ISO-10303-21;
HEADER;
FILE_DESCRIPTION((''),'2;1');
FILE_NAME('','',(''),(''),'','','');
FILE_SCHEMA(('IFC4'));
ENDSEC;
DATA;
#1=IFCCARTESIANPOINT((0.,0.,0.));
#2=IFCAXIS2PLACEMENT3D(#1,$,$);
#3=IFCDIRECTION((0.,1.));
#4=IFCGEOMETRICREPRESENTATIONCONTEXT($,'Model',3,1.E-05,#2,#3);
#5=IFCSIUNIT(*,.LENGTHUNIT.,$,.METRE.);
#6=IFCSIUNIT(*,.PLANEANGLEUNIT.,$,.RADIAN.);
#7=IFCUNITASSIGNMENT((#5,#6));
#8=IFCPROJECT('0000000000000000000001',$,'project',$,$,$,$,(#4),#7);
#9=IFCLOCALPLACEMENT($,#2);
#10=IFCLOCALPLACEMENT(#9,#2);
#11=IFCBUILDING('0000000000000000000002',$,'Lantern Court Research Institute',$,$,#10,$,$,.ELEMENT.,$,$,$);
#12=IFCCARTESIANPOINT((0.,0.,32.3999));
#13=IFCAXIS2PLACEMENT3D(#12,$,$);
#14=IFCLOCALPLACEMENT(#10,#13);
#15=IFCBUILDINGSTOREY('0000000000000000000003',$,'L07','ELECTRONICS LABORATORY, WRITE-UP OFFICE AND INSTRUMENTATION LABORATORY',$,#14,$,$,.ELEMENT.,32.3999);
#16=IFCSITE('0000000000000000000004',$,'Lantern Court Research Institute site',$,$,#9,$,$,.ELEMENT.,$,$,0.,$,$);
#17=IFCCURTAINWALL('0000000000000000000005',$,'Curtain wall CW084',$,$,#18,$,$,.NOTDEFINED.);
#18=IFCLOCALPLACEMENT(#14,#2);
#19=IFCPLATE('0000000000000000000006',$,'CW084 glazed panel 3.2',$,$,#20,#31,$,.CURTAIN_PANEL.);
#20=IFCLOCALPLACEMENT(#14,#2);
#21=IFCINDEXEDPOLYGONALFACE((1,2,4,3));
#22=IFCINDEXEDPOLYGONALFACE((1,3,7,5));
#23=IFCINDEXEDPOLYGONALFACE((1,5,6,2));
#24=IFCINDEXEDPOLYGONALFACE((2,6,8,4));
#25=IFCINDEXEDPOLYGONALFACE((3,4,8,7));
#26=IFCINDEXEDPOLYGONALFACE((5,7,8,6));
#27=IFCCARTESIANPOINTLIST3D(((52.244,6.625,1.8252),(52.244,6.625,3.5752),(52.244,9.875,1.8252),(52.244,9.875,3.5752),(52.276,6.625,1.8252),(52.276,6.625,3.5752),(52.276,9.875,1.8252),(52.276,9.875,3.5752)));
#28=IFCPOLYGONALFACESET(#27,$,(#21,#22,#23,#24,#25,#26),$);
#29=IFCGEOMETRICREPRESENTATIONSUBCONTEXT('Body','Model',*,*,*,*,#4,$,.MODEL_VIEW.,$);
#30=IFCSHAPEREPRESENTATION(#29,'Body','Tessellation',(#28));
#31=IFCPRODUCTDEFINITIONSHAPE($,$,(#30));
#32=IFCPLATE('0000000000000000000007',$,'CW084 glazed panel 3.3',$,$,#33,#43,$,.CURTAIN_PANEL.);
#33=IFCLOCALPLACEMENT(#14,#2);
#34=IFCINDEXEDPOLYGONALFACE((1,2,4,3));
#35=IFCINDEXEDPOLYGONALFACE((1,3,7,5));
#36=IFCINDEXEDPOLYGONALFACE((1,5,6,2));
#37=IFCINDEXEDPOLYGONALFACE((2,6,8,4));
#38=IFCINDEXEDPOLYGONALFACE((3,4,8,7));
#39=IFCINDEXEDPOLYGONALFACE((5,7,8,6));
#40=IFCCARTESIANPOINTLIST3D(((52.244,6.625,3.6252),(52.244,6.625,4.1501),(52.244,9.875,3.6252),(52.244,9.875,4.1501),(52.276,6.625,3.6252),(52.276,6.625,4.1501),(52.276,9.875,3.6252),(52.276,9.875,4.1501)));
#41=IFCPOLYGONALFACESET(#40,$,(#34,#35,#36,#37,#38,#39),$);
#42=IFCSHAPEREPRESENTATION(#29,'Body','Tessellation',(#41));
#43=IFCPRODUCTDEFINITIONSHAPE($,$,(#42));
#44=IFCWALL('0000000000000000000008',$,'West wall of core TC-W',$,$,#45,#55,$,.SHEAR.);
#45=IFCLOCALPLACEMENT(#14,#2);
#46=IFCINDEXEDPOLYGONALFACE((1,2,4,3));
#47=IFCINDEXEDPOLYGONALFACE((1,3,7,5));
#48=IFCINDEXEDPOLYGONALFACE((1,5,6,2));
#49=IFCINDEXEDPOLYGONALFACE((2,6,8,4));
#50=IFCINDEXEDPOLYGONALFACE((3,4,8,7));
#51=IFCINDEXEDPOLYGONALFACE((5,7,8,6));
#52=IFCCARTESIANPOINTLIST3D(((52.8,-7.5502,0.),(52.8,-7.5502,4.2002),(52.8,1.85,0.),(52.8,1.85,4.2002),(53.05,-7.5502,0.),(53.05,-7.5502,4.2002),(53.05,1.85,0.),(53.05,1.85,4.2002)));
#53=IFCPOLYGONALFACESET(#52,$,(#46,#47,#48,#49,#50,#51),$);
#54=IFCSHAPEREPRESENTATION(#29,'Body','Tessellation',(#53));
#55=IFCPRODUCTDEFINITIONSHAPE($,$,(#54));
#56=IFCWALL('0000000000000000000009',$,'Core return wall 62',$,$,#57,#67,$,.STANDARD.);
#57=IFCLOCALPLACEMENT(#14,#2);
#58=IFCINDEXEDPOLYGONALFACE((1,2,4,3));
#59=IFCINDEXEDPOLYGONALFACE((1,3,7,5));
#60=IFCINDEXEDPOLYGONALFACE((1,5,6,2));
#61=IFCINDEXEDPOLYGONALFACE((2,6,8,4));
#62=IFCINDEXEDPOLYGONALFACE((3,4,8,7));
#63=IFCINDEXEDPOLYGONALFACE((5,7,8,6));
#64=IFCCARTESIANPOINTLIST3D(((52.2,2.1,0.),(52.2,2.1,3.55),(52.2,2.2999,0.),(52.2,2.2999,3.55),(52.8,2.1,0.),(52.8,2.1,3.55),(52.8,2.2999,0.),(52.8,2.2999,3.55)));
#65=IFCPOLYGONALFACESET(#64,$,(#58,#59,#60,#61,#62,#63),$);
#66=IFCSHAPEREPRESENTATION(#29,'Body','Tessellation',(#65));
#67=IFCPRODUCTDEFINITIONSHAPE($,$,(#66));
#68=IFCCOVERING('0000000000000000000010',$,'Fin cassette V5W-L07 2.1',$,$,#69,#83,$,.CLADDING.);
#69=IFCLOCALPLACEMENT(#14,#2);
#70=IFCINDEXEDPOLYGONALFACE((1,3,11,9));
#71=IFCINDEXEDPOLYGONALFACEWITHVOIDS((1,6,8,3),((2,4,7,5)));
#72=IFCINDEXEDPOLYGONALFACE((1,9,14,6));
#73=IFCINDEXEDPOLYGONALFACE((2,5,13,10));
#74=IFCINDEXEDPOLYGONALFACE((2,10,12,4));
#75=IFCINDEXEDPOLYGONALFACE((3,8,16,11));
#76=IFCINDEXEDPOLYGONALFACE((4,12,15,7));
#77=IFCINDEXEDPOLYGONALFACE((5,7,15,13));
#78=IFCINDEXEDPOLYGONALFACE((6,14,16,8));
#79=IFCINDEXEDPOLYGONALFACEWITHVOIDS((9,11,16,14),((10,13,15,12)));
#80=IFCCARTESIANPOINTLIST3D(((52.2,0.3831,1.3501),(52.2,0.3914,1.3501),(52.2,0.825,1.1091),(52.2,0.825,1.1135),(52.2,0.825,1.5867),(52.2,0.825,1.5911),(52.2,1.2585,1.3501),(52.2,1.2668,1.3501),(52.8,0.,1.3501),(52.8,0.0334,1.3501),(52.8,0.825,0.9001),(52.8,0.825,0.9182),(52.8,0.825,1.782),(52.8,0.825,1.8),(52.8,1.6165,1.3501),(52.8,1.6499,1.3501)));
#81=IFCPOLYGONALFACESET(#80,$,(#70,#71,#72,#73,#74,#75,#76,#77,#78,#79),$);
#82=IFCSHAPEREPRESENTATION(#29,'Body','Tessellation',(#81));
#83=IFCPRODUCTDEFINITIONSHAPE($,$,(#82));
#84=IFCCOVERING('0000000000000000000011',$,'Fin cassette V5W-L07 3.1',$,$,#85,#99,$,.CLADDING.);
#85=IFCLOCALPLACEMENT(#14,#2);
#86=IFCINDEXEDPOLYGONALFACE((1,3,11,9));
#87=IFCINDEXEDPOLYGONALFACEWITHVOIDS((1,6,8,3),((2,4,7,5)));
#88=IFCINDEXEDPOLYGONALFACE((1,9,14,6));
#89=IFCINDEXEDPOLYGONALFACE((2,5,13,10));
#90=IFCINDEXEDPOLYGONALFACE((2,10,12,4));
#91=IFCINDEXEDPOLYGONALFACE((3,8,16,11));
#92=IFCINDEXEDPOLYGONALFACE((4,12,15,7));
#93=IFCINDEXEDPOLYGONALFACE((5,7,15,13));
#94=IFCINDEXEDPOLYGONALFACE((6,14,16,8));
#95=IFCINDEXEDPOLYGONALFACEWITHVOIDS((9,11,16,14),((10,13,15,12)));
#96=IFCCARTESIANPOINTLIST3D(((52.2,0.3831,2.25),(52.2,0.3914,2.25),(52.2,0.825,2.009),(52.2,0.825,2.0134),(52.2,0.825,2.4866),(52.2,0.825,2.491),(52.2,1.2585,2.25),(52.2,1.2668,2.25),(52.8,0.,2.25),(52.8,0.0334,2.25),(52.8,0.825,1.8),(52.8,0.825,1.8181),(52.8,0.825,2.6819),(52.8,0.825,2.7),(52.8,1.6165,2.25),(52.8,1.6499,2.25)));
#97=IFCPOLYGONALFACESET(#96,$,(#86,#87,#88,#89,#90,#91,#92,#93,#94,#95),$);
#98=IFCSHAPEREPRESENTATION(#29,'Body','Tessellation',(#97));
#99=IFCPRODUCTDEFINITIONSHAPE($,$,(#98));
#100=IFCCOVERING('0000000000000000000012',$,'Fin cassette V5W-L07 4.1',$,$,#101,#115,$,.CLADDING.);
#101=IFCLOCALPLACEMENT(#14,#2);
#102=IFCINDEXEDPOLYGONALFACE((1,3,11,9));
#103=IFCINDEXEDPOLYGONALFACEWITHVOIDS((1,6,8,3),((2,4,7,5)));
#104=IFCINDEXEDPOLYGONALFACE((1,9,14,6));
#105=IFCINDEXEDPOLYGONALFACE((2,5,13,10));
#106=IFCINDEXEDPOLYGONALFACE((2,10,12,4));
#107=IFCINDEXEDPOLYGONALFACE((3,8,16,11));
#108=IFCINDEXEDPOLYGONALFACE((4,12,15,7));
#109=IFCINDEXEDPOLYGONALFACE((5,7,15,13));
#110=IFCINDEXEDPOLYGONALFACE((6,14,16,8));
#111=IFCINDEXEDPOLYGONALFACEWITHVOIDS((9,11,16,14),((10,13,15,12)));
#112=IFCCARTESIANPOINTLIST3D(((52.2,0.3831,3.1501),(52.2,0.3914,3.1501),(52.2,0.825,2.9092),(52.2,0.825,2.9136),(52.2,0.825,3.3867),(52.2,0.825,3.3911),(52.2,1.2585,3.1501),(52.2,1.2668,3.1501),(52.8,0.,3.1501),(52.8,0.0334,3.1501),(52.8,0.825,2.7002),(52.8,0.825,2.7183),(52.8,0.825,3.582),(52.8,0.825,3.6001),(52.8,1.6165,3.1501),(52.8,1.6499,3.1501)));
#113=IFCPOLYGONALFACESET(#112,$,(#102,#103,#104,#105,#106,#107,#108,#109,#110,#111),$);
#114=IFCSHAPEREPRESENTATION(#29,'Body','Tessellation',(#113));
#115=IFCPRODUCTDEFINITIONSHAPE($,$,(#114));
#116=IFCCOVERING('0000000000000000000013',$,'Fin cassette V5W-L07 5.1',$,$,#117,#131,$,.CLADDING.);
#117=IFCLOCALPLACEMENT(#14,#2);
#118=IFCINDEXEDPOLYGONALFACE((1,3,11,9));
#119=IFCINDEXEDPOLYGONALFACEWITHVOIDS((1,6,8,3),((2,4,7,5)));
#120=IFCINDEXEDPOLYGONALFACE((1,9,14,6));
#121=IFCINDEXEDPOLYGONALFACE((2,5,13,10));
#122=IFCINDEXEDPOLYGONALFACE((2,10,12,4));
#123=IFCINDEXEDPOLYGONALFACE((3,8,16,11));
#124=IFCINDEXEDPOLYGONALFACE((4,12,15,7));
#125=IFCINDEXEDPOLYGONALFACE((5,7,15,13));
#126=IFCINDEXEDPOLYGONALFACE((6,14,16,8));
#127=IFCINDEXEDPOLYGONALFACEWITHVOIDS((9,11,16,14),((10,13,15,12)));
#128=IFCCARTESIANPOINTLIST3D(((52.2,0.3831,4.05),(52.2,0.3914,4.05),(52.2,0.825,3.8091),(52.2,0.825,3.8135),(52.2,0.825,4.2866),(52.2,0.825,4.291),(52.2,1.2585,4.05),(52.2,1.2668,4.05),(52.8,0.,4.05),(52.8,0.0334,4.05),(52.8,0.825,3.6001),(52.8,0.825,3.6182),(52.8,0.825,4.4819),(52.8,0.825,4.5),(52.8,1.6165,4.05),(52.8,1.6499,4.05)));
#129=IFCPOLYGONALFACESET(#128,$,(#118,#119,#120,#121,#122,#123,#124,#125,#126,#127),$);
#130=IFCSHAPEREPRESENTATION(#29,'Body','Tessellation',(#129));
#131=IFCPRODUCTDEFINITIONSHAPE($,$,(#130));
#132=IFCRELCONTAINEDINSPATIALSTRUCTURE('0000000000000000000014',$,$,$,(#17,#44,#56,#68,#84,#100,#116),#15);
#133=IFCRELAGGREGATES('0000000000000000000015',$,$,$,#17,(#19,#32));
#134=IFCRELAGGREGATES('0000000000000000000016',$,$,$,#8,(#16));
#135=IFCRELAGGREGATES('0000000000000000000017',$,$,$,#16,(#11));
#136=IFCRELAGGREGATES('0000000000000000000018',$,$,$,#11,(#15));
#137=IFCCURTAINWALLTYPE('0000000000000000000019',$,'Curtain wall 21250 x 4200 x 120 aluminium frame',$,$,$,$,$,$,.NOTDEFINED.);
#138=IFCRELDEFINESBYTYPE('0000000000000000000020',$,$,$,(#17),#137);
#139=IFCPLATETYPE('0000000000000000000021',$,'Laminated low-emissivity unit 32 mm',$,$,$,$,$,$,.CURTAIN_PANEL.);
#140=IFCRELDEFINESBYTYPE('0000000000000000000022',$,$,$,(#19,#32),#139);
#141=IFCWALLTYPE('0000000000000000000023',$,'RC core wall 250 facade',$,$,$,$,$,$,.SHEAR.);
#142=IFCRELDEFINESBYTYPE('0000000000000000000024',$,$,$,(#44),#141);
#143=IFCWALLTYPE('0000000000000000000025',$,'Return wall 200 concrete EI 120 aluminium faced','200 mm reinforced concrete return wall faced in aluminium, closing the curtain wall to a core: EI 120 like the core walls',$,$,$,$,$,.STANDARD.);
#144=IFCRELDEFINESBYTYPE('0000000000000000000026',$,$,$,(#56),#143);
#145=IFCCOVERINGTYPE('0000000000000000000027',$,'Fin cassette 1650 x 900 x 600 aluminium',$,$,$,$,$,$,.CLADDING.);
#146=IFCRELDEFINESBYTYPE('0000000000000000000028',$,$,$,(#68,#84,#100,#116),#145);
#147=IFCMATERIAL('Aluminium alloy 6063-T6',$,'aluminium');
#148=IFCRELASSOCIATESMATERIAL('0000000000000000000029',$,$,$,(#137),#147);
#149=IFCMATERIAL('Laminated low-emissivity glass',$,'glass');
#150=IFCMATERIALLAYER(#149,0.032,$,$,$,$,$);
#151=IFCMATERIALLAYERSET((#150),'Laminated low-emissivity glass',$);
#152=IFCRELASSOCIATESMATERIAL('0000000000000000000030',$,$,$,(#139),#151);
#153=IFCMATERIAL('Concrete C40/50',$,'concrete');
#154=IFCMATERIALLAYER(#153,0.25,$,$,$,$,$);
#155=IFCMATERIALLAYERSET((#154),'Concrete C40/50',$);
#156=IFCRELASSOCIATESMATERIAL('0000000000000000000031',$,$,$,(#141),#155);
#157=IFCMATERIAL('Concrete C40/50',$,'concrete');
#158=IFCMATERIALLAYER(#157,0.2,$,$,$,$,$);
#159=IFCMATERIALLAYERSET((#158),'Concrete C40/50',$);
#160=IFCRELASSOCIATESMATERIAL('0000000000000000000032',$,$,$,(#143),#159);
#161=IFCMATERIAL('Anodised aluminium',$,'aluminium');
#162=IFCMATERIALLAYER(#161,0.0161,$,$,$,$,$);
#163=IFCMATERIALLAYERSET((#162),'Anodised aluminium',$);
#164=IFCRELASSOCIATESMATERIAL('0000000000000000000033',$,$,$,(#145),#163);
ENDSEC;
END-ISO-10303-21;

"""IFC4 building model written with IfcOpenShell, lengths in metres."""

from ifc_helpers import new_model, entity, si_unit, direction, frame, frame_2d, origin, origin_2d, place, context, subcontext, project, spatial, rectangle, extrude, material, layer, layer_set, type_object, element, aggregate, save


model = new_model("IFC4")

# Units and contexts
model_context = context("Model", 3, precision=1e-05, world=origin(), true_north=direction((0.0, 1.0)))
body_context = subcontext(model_context, "Body", "Model", "MODEL_VIEW")
ifc_project = project(units=[si_unit("LENGTHUNIT", "METRE"), si_unit("PLANEANGLEUNIT", "RADIAN")], contexts=[model_context])

# Site, building, storey
site_placement = place(None, origin())
site = spatial("IfcSite", under=ifc_project, at=site_placement, Name="Lantern Court Research Institute site", CompositionType="ELEMENT", RefElevation=0.0)
building_placement = place(site_placement, origin())
building = spatial("IfcBuilding", under=site, at=building_placement, Name="Lantern Court Research Institute", CompositionType="ELEMENT")
storey_placement = place(building_placement, frame((0.0, 0.0, 32.3999)))
storey = spatial("IfcBuildingStorey", under=building, at=storey_placement, Name="L07", Description="ELECTRONICS LABORATORY, WRITE-UP OFFICE AND INSTRUMENTATION LABORATORY", CompositionType="ELEMENT", Elevation=32.3999)

# Curtain wall, plates
ifc_material_1 = material(Name="Aluminium alloy 6063-T6", Category="aluminium")
curtain_wall_type = type_object("IfcCurtainWallType", Name="Curtain wall 21250 x 4200 x 120 aluminium frame", PredefinedType="NOTDEFINED", material=ifc_material_1)
curtain_wall_placement = place(storey_placement, origin())
curtain_wall = element("IfcCurtainWall", 1, at=curtain_wall_placement, inside=storey, type_object=curtain_wall_type, Name="Curtain wall CW084", PredefinedType="NOTDEFINED")
ifc_material_2 = material(Name="Laminated low-emissivity glass", Category="glass")
ifc_layer_1 = layer(ifc_material_2, 0.032)
ifc_layer_set_1 = layer_set([ifc_layer_1], Name="Laminated low-emissivity glass")
plate_type_1 = type_object("IfcPlateType", Name="Laminated low-emissivity unit 32 mm", PredefinedType="CURTAIN_PANEL", material=ifc_layer_set_1)
plate_1_placement = place(storey_placement, frame((52.26, 8.25, 1.8252), z_axis=(0.0, 0.0, 1.0), x_axis=(0.0, 1.0, 0.0)))
plate_1 = element("IfcPlate", 2, at=plate_1_placement, type_object=plate_type_1, Name="CW084 glazed panel 3.2", PredefinedType="CURTAIN_PANEL", context=body_context, shape_type="SweptSolid", body=[
    extrude(rectangle(XDim=3.25, YDim=0.032, at=origin_2d()), origin(), (0.0, 0.0, 1.0), 1.75),
])
plate_2_placement = place(storey_placement, frame((52.26, 8.25, 3.6252), z_axis=(0.0, 0.0, 1.0), x_axis=(0.0, 1.0, 0.0)))
plate_2 = element("IfcPlate", 3, at=plate_2_placement, type_object=plate_type_1, Name="CW084 glazed panel 3.3", PredefinedType="CURTAIN_PANEL", context=body_context, shape_type="SweptSolid", body=[
    extrude(rectangle(XDim=3.25, YDim=0.032, at=origin_2d()), origin(), (0.0, 0.0, 1.0), 0.5249),
])
aggregate(curtain_wall, [plate_1, plate_2])

# Walls
ifc_material_3 = material(Name="Concrete C40/50", Category="concrete")
ifc_layer_2 = layer(ifc_material_3, 0.25)
ifc_layer_set_2 = layer_set([ifc_layer_2], Name="Concrete C40/50")
wall_type_1 = type_object("IfcWallType", Name="RC core wall 250 facade", PredefinedType="SHEAR", material=ifc_layer_set_2)
wall_1_placement = place(storey_placement, frame((52.925, 1.8501, 0.0), z_axis=(0.0, 0.0, 1.0), x_axis=(0.0, -1.0, 0.0)))
element("IfcWall", 4, at=wall_1_placement, inside=storey, type_object=wall_type_1, Name="West wall of core TC-W", PredefinedType="SHEAR", context=body_context, shape_type="SweptSolid", body=[
    extrude(rectangle(XDim=9.4001, YDim=0.25, at=frame_2d((4.7002, 0.0))), origin(), (0.0, 0.0, 1.0), 4.2002),
])
ifc_material_4 = material(Name="Concrete C40/50", Category="concrete")
ifc_layer_3 = layer(ifc_material_4, 0.2)
ifc_layer_set_3 = layer_set([ifc_layer_3], Name="Concrete C40/50")
wall_type_2 = type_object("IfcWallType", Name="Return wall 200 concrete EI 120 aluminium faced", Description="200 mm reinforced concrete return wall faced in aluminium, closing the curtain wall to a core: EI 120 like the core walls", PredefinedType="STANDARD", material=ifc_layer_set_3)
wall_2_placement = place(storey_placement, frame((52.8, 2.2, 0.0), z_axis=(0.0, 0.0, 1.0), x_axis=(-1.0, 0.0, 0.0)))
element("IfcWall", 5, at=wall_2_placement, inside=storey, type_object=wall_type_2, Name="Core return wall 62", PredefinedType="STANDARD", context=body_context, shape_type="SweptSolid", body=[
    extrude(rectangle(XDim=0.6001, YDim=0.2, at=frame_2d((0.3, 0.0))), origin(), (0.0, 0.0, 1.0), 3.55),
])

# Coverings
ifc_material_5 = material(Name="Anodised aluminium", Category="aluminium")
ifc_layer_4 = layer(ifc_material_5, 0.0161)
ifc_layer_set_4 = layer_set([ifc_layer_4], Name="Anodised aluminium")
covering_type = type_object("IfcCoveringType", Name="Fin cassette 1650 x 900 x 600 aluminium", PredefinedType="CLADDING", material=ifc_layer_set_4)
covering_1_placement = place(storey_placement, frame((52.8, 0.825, 1.3501), z_axis=(-1.0, 0.0, 0.0), x_axis=(0.0, -1.0, 0.0)))
cartesian_point_1 = entity("IfcCartesianPoint", [0.825, 0.0])
cartesian_point_2 = entity("IfcCartesianPoint", [0.7915, 0.0])
cartesian_point_3 = entity("IfcCartesianPoint", [0.4419, 0.0])
cartesian_point_4 = entity("IfcCartesianPoint", [0.4336, 0.0])
element("IfcCovering", 6, at=covering_1_placement, inside=storey, type_object=covering_type, Name="Fin cassette V5W-L07 2.1", PredefinedType="CLADDING", context=body_context, shape_type="SweptSolid", body=[
    entity("IfcExtrudedAreaSolidTapered", entity("IfcArbitraryProfileDefWithVoids", "AREA", None, entity("IfcPolyline", [cartesian_point_1, entity("IfcCartesianPoint", [0.0, 0.45]), entity("IfcCartesianPoint", [-0.825, 0.0]), entity("IfcCartesianPoint", [0.0, -0.45]), cartesian_point_1]), [entity("IfcPolyline", [cartesian_point_2, entity("IfcCartesianPoint", [0.0, 0.4319]), entity("IfcCartesianPoint", [-0.7915, 0.0]), entity("IfcCartesianPoint", [0.0, -0.4319]), cartesian_point_2])]), entity("IfcAxis2Placement3D", entity("IfcCartesianPoint", [0.0, 0.0, 0.0])), entity("IfcDirection", [0.0, 0.0, 1.0]), 0.6001, entity("IfcArbitraryProfileDefWithVoids", "AREA", None, entity("IfcPolyline", [cartesian_point_3, entity("IfcCartesianPoint", [0.0, 0.241]), entity("IfcCartesianPoint", [-0.4419, 0.0]), entity("IfcCartesianPoint", [0.0, -0.241]), cartesian_point_3]), [entity("IfcPolyline", [cartesian_point_4, entity("IfcCartesianPoint", [0.0, 0.2366]), entity("IfcCartesianPoint", [-0.4336, 0.0]), entity("IfcCartesianPoint", [0.0, -0.2366]), cartesian_point_4])])),
])
covering_2_placement = place(storey_placement, frame((52.8, 0.825, 2.25), z_axis=(-1.0, 0.0, 0.0), x_axis=(0.0, -1.0, 0.0)))
cartesian_point_5 = entity("IfcCartesianPoint", [0.825, 0.0])
cartesian_point_6 = entity("IfcCartesianPoint", [0.7915, 0.0])
cartesian_point_7 = entity("IfcCartesianPoint", [0.4419, 0.0])
cartesian_point_8 = entity("IfcCartesianPoint", [0.4336, 0.0])
element("IfcCovering", 7, at=covering_2_placement, inside=storey, type_object=covering_type, Name="Fin cassette V5W-L07 3.1", PredefinedType="CLADDING", context=body_context, shape_type="SweptSolid", body=[
    entity("IfcExtrudedAreaSolidTapered", entity("IfcArbitraryProfileDefWithVoids", "AREA", None, entity("IfcPolyline", [cartesian_point_5, entity("IfcCartesianPoint", [0.0, 0.45]), entity("IfcCartesianPoint", [-0.825, 0.0]), entity("IfcCartesianPoint", [0.0, -0.45]), cartesian_point_5]), [entity("IfcPolyline", [cartesian_point_6, entity("IfcCartesianPoint", [0.0, 0.4319]), entity("IfcCartesianPoint", [-0.7915, 0.0]), entity("IfcCartesianPoint", [0.0, -0.4319]), cartesian_point_6])]), entity("IfcAxis2Placement3D", entity("IfcCartesianPoint", [0.0, 0.0, 0.0])), entity("IfcDirection", [0.0, 0.0, 1.0]), 0.6001, entity("IfcArbitraryProfileDefWithVoids", "AREA", None, entity("IfcPolyline", [cartesian_point_7, entity("IfcCartesianPoint", [0.0, 0.241]), entity("IfcCartesianPoint", [-0.4419, 0.0]), entity("IfcCartesianPoint", [0.0, -0.241]), cartesian_point_7]), [entity("IfcPolyline", [cartesian_point_8, entity("IfcCartesianPoint", [0.0, 0.2366]), entity("IfcCartesianPoint", [-0.4336, 0.0]), entity("IfcCartesianPoint", [0.0, -0.2366]), cartesian_point_8])])),
])
covering_3_placement = place(storey_placement, frame((52.8, 0.825, 3.1501), z_axis=(-1.0, 0.0, 0.0), x_axis=(0.0, -1.0, 0.0)))
cartesian_point_9 = entity("IfcCartesianPoint", [0.825, 0.0])
cartesian_point_10 = entity("IfcCartesianPoint", [0.7915, 0.0])
cartesian_point_11 = entity("IfcCartesianPoint", [0.4419, 0.0])
cartesian_point_12 = entity("IfcCartesianPoint", [0.4336, 0.0])
element("IfcCovering", 8, at=covering_3_placement, inside=storey, type_object=covering_type, Name="Fin cassette V5W-L07 4.1", PredefinedType="CLADDING", context=body_context, shape_type="SweptSolid", body=[
    entity("IfcExtrudedAreaSolidTapered", entity("IfcArbitraryProfileDefWithVoids", "AREA", None, entity("IfcPolyline", [cartesian_point_9, entity("IfcCartesianPoint", [0.0, 0.45]), entity("IfcCartesianPoint", [-0.825, 0.0]), entity("IfcCartesianPoint", [0.0, -0.45]), cartesian_point_9]), [entity("IfcPolyline", [cartesian_point_10, entity("IfcCartesianPoint", [0.0, 0.4319]), entity("IfcCartesianPoint", [-0.7915, 0.0]), entity("IfcCartesianPoint", [0.0, -0.4319]), cartesian_point_10])]), entity("IfcAxis2Placement3D", entity("IfcCartesianPoint", [0.0, 0.0, 0.0])), entity("IfcDirection", [0.0, 0.0, 1.0]), 0.6001, entity("IfcArbitraryProfileDefWithVoids", "AREA", None, entity("IfcPolyline", [cartesian_point_11, entity("IfcCartesianPoint", [0.0, 0.241]), entity("IfcCartesianPoint", [-0.4419, 0.0]), entity("IfcCartesianPoint", [0.0, -0.241]), cartesian_point_11]), [entity("IfcPolyline", [cartesian_point_12, entity("IfcCartesianPoint", [0.0, 0.2366]), entity("IfcCartesianPoint", [-0.4336, 0.0]), entity("IfcCartesianPoint", [0.0, -0.2366]), cartesian_point_12])])),
])
covering_4_placement = place(storey_placement, frame((52.8, 0.825, 4.05), z_axis=(-1.0, 0.0, 0.0), x_axis=(0.0, -1.0, 0.0)))
cartesian_point_13 = entity("IfcCartesianPoint", [0.825, 0.0])
cartesian_point_14 = entity("IfcCartesianPoint", [0.7915, 0.0])
cartesian_point_15 = entity("IfcCartesianPoint", [0.4419, 0.0])
cartesian_point_16 = entity("IfcCartesianPoint", [0.4336, 0.0])
element("IfcCovering", 9, at=covering_4_placement, inside=storey, type_object=covering_type, Name="Fin cassette V5W-L07 5.1", PredefinedType="CLADDING", context=body_context, shape_type="SweptSolid", body=[
    entity("IfcExtrudedAreaSolidTapered", entity("IfcArbitraryProfileDefWithVoids", "AREA", None, entity("IfcPolyline", [cartesian_point_13, entity("IfcCartesianPoint", [0.0, 0.45]), entity("IfcCartesianPoint", [-0.825, 0.0]), entity("IfcCartesianPoint", [0.0, -0.45]), cartesian_point_13]), [entity("IfcPolyline", [cartesian_point_14, entity("IfcCartesianPoint", [0.0, 0.4319]), entity("IfcCartesianPoint", [-0.7915, 0.0]), entity("IfcCartesianPoint", [0.0, -0.4319]), cartesian_point_14])]), entity("IfcAxis2Placement3D", entity("IfcCartesianPoint", [0.0, 0.0, 0.0])), entity("IfcDirection", [0.0, 0.0, 1.0]), 0.6001, entity("IfcArbitraryProfileDefWithVoids", "AREA", None, entity("IfcPolyline", [cartesian_point_15, entity("IfcCartesianPoint", [0.0, 0.241]), entity("IfcCartesianPoint", [-0.4419, 0.0]), entity("IfcCartesianPoint", [0.0, -0.241]), cartesian_point_15]), [entity("IfcPolyline", [cartesian_point_16, entity("IfcCartesianPoint", [0.0, 0.2366]), entity("IfcCartesianPoint", [-0.4336, 0.0]), entity("IfcCartesianPoint", [0.0, -0.2366]), cartesian_point_16])])),
])

save(model, "model.ifc")
